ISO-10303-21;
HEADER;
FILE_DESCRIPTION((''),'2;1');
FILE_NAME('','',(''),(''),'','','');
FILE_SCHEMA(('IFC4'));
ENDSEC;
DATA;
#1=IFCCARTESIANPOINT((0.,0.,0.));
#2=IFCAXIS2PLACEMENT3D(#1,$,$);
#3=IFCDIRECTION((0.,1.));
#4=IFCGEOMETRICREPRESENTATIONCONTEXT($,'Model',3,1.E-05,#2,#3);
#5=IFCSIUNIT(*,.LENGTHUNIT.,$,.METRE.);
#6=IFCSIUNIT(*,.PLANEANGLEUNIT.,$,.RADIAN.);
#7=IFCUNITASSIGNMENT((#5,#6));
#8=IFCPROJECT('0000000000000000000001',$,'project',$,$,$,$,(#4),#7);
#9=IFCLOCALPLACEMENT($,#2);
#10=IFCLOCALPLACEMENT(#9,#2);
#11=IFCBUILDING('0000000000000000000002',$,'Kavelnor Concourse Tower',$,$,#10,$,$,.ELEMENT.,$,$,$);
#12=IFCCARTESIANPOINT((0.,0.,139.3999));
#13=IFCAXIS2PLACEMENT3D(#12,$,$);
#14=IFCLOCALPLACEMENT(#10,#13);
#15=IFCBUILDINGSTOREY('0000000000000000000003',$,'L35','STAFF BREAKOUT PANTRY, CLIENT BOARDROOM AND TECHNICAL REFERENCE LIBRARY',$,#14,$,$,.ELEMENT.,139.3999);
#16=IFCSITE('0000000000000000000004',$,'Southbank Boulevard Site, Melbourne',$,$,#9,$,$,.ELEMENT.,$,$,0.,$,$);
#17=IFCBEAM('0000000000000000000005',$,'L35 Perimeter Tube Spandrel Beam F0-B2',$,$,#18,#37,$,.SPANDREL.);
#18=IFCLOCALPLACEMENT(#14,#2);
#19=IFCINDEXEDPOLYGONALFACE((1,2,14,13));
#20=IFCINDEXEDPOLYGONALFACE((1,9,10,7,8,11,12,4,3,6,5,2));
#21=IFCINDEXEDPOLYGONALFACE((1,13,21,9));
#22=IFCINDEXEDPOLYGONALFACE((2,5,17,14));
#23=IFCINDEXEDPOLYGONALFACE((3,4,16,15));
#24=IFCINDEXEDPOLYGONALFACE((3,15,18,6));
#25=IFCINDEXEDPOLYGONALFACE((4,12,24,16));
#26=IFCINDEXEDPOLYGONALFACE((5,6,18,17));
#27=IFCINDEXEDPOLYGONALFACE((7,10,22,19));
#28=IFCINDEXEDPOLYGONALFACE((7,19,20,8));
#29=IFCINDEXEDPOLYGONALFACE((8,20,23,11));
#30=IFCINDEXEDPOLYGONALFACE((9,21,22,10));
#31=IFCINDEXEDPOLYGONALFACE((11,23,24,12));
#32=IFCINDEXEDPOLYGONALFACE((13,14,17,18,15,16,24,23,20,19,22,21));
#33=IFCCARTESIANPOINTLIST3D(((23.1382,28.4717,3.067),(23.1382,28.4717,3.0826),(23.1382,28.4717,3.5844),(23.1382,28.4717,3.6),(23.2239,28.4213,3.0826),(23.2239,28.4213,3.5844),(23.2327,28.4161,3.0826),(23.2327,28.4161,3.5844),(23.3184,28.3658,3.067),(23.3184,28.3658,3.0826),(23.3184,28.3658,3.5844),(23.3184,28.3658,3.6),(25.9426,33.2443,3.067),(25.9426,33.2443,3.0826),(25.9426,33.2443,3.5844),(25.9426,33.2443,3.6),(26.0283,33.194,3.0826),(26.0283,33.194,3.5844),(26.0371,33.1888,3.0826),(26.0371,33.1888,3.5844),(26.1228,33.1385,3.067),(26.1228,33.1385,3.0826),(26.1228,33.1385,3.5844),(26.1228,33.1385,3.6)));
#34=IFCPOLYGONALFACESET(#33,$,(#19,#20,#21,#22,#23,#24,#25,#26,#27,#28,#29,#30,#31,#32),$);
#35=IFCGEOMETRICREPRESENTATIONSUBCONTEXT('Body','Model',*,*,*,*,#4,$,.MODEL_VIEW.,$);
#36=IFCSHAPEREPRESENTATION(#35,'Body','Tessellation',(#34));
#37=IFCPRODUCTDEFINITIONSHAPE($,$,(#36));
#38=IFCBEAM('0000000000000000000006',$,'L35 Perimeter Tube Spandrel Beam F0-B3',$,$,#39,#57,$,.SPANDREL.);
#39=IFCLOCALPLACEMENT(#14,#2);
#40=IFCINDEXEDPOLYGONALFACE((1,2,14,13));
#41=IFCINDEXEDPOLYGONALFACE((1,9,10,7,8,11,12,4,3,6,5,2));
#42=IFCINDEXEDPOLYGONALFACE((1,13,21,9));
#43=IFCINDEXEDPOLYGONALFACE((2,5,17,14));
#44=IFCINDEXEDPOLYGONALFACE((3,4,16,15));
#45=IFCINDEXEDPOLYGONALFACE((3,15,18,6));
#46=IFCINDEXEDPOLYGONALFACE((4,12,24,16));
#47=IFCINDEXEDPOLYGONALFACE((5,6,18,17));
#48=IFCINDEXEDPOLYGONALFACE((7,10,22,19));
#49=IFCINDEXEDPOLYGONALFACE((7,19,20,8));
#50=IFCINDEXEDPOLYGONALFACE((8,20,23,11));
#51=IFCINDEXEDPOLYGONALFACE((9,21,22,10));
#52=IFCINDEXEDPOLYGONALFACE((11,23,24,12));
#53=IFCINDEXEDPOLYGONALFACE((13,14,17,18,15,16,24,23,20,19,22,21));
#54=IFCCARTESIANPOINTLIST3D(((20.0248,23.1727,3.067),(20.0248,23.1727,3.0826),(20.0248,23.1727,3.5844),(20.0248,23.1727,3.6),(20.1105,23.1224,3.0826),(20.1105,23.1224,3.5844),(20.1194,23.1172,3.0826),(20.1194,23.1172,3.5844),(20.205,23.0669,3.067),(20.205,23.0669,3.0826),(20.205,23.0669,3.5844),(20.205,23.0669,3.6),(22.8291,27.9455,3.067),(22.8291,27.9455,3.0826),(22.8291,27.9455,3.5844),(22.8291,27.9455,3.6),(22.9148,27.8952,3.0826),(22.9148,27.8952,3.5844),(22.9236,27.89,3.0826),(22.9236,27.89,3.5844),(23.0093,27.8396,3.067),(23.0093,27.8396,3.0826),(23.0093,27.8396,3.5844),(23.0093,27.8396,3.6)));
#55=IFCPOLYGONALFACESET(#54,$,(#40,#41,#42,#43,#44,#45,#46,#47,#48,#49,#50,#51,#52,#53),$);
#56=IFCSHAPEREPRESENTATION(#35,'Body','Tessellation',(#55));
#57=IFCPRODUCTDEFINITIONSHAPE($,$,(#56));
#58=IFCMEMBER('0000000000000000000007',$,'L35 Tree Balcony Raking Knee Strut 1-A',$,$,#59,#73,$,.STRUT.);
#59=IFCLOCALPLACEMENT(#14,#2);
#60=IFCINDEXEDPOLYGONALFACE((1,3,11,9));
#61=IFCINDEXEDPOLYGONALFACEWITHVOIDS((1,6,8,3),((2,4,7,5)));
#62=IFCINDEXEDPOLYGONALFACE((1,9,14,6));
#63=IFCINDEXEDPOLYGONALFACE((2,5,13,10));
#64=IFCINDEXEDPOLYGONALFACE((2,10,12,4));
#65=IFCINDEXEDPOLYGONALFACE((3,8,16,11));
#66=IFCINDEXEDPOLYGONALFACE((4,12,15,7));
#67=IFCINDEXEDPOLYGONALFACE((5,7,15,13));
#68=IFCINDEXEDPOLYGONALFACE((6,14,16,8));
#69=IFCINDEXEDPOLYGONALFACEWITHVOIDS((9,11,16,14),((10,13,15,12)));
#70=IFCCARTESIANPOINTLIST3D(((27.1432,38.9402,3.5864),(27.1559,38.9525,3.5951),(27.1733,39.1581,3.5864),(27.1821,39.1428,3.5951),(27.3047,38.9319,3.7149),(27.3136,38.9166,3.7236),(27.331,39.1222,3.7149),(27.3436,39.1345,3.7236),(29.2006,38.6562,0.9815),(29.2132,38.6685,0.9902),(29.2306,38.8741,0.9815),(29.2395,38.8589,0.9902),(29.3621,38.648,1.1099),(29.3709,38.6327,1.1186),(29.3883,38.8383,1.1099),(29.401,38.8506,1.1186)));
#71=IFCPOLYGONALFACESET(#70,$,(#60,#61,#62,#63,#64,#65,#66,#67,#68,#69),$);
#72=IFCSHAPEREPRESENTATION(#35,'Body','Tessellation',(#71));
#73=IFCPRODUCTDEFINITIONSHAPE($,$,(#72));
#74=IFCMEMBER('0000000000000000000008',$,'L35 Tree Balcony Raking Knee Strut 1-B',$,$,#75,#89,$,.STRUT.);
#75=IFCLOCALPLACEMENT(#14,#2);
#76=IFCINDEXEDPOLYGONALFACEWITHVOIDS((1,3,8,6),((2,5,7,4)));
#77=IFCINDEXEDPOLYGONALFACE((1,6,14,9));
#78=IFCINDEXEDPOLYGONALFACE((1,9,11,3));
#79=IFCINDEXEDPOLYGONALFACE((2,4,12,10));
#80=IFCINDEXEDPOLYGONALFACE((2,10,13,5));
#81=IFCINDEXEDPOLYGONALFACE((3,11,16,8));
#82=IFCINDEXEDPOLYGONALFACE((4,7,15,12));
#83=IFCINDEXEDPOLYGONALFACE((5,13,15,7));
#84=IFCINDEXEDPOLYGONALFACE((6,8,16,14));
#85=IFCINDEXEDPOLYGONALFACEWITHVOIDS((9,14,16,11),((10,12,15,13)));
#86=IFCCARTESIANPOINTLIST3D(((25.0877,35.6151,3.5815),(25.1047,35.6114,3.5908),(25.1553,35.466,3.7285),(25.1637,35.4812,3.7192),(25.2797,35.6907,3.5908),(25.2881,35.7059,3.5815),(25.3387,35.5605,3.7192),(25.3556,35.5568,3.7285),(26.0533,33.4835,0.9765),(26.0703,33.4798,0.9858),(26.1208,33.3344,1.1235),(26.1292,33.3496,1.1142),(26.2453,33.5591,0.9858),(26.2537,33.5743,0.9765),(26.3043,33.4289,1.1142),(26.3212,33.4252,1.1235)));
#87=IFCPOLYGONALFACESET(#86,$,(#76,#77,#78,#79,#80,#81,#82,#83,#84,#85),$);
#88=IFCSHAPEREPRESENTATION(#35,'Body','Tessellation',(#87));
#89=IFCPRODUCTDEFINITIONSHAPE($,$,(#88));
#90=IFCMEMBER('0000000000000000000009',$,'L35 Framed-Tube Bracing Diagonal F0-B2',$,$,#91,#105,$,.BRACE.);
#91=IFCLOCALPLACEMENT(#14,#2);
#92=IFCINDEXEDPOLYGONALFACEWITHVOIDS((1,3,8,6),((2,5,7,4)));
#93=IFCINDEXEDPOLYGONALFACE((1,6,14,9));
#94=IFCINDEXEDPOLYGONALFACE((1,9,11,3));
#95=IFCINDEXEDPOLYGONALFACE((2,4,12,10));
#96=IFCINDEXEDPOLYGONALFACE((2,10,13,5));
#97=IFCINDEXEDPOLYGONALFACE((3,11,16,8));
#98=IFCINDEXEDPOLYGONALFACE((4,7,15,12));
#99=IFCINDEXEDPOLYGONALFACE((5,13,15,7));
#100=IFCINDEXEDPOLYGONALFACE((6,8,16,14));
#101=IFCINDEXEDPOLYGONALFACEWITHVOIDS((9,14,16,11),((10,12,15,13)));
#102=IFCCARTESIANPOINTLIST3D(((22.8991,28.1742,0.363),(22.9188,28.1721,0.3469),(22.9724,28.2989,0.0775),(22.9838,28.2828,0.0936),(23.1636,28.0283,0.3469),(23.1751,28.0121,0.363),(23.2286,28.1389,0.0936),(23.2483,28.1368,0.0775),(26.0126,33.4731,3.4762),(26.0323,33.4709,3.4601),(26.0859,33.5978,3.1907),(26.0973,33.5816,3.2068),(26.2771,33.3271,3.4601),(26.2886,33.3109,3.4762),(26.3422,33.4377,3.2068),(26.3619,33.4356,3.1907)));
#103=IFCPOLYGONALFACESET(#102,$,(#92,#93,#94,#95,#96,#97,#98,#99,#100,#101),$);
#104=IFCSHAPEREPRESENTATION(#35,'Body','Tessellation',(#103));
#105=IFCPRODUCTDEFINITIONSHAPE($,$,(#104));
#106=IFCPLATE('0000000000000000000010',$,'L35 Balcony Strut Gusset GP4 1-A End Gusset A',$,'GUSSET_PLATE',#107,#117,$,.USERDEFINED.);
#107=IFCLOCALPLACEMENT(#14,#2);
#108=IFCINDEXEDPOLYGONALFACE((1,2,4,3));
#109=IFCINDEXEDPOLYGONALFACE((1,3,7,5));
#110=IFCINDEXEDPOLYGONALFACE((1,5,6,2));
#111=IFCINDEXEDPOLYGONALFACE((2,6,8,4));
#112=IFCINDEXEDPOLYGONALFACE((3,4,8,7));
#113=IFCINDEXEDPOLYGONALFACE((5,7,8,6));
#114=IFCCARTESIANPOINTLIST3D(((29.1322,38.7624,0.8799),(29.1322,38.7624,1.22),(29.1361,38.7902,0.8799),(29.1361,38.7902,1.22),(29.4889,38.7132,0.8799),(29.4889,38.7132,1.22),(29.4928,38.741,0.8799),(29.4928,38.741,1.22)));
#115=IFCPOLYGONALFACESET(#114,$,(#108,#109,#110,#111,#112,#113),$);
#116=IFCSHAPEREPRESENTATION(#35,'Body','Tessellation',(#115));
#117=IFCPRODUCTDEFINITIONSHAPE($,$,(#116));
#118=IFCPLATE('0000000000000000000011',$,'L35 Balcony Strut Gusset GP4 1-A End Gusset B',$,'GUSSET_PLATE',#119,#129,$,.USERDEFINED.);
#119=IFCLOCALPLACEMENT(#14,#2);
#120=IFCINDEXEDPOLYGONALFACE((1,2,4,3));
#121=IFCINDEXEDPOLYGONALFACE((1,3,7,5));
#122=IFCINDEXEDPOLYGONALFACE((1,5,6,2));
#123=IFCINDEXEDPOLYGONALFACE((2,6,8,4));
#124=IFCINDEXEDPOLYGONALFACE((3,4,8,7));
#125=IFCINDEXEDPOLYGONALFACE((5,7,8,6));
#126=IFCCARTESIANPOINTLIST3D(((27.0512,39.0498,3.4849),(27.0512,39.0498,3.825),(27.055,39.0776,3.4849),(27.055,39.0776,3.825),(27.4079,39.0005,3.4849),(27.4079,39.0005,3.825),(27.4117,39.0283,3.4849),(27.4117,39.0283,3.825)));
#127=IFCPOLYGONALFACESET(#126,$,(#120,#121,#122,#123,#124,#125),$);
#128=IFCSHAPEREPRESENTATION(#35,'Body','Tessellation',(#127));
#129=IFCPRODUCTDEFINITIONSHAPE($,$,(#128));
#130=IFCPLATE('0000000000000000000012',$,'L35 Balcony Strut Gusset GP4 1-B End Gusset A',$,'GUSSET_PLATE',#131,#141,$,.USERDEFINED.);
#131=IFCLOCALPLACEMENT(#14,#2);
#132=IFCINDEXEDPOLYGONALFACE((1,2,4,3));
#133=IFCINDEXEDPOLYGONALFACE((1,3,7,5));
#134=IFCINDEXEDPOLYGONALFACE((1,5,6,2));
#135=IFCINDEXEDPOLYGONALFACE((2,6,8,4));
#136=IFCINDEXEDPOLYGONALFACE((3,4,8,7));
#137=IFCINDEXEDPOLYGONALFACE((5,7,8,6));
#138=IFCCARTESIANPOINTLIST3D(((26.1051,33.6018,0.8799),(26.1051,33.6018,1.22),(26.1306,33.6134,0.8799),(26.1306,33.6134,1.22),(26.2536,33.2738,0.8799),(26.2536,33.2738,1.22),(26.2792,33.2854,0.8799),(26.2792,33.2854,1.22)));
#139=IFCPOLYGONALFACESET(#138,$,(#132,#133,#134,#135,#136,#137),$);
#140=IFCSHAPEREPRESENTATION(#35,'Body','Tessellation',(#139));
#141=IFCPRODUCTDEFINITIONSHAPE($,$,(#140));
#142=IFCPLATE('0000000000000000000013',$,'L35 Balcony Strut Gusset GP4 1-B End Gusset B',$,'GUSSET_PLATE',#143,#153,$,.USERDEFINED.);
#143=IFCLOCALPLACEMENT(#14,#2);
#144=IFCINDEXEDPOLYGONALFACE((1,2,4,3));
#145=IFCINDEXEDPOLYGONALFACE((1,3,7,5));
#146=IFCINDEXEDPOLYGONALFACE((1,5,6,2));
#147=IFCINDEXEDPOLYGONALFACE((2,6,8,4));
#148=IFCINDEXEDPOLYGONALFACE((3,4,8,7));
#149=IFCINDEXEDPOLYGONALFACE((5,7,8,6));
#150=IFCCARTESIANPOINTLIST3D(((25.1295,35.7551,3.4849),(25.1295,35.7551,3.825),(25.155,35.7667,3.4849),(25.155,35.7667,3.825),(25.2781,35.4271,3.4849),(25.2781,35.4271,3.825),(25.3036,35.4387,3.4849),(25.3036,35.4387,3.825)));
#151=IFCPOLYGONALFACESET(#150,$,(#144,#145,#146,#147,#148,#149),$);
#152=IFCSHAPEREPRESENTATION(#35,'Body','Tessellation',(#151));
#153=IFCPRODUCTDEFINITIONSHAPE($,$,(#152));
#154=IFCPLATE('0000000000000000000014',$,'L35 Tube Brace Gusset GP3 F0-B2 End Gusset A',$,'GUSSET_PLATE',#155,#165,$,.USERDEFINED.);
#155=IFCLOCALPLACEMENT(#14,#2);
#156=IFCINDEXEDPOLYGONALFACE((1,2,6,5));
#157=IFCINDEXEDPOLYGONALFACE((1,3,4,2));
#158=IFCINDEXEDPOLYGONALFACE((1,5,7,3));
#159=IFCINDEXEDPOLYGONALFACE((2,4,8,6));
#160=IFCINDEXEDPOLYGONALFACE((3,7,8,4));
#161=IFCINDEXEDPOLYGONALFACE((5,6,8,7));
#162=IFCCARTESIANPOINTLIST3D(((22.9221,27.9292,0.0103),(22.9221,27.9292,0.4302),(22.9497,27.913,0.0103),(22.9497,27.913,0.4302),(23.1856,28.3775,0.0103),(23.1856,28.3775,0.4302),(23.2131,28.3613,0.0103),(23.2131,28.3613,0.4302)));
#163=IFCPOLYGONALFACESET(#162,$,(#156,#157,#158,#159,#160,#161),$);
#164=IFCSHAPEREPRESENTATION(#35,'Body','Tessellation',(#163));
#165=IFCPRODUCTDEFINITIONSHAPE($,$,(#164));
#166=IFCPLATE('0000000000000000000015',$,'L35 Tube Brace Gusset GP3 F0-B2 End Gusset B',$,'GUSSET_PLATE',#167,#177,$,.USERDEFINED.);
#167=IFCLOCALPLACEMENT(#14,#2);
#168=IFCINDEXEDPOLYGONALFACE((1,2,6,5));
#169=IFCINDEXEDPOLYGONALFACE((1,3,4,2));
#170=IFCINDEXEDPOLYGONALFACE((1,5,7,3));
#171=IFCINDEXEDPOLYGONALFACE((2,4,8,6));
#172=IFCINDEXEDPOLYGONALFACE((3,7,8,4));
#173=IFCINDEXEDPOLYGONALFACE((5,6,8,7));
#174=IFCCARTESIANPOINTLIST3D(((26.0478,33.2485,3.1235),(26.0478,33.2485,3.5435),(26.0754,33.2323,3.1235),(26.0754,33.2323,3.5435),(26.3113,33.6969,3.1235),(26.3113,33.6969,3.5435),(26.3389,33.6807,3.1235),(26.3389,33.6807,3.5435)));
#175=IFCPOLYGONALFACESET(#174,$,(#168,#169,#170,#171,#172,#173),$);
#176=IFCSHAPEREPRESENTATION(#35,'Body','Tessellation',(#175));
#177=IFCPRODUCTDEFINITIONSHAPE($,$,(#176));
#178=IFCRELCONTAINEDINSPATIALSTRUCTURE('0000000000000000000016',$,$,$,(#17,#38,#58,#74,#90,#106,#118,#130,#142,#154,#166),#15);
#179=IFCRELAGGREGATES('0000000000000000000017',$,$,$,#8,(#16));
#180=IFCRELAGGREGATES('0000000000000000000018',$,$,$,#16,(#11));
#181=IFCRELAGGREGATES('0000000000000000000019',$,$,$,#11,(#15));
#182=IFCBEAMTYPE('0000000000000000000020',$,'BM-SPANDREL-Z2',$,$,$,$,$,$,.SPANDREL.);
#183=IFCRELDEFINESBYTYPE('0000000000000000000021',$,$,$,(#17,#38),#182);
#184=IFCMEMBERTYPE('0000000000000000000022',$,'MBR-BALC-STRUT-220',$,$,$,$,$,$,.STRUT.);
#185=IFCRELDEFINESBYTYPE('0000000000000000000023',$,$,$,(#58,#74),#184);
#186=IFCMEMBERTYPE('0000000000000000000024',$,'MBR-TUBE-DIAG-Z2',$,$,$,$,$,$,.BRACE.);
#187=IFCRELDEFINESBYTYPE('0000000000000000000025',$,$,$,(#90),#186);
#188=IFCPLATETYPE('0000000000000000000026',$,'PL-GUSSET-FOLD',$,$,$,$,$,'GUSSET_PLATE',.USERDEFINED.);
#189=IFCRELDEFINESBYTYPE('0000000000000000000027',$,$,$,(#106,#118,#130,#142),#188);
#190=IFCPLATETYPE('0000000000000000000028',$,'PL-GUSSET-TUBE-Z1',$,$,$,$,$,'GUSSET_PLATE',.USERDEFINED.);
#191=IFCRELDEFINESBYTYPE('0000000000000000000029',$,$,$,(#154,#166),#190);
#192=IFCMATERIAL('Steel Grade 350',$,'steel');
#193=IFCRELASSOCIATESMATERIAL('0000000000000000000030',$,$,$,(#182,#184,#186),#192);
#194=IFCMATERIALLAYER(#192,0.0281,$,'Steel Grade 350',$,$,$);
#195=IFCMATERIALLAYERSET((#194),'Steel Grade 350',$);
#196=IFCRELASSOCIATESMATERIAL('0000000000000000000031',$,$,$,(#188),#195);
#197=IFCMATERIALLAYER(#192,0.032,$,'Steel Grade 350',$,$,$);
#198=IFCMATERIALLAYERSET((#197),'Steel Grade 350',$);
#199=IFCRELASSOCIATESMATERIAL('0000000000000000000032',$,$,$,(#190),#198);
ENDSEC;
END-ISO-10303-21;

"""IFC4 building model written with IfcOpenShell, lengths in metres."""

from ifc_helpers import new_model, si_unit, direction, frame, origin, origin_2d, place, context, subcontext, project, spatial, rectangle, hollow_rectangle, i_section, extrude, material, layer, layer_set, material_profile, profile_set, type_object, element, save


model = new_model("IFC4")

# Units and contexts
model_context = context("Model", 3, precision=1e-05, world=origin(), true_north=direction((0.0, 1.0)))
body_context = subcontext(model_context, "Body", "Model", "MODEL_VIEW")
ifc_project = project(units=[si_unit("LENGTHUNIT", "METRE"), si_unit("PLANEANGLEUNIT", "RADIAN")], contexts=[model_context])

# Site, building, storey
site_placement = place(None, origin())
site = spatial("IfcSite", under=ifc_project, at=site_placement, Name="Southbank Boulevard Site, Melbourne", CompositionType="ELEMENT", RefElevation=0.0)
building_placement = place(site_placement, origin())
building = spatial("IfcBuilding", under=site, at=building_placement, Name="Kavelnor Concourse Tower", CompositionType="ELEMENT")
storey_placement = place(building_placement, frame((0.0, 0.0, 139.3999)))
storey = spatial("IfcBuildingStorey", under=building, at=storey_placement, Name="L35", Description="STAFF BREAKOUT PANTRY, CLIENT BOARDROOM AND TECHNICAL REFERENCE LIBRARY", CompositionType="ELEMENT", Elevation=139.3999)

# Shared definitions
ifc_material_1 = material(Name="Steel Grade 350", Category="steel")

# Beams
ifc_material_profile_1 = material_profile(ifc_material_1, i_section(OverallWidth=0.209, OverallDepth=0.533, WebThickness=0.0103, FlangeThickness=0.0156, at=origin_2d()), Name="530UB92")
ifc_profile_set_1 = profile_set([ifc_material_profile_1], Name="Steel Grade 350")
beam_type_1 = type_object("IfcBeamType", Name="BM-SPANDREL-Z2", PredefinedType="SPANDREL", material=ifc_profile_set_1)
for number, where, z_axis, x_axis, name in (
    (1, (26.0327, 33.1914, 3.3335), (-0.506613, -0.862173, 0.0), (0.862173, -0.506613, 0.0), "L35 Perimeter Tube Spandrel Beam F0-B2"),
    (2, (22.9192, 27.8926, 3.3335), (-0.506581, -0.862193, 0.0), (0.862193, -0.506581, 0.0), "L35 Perimeter Tube Spandrel Beam F0-B3"),
):
    element("IfcBeam", number, at=place(storey_placement, frame(where, z_axis=z_axis, x_axis=x_axis)), inside=storey, type_object=beam_type_1, Name=name, PredefinedType="SPANDREL", context=body_context, shape_type="SweptSolid", body=[
        extrude(i_section(OverallWidth=0.209, OverallDepth=0.533, WebThickness=0.0103, FlangeThickness=0.0156, at=origin_2d()), origin(), (0.0, 0.0, 1.0), 5.5356),
    ])

# Members
ifc_material_profile_2 = material_profile(ifc_material_1, hollow_rectangle(XDim=0.22, YDim=0.22, WallThickness=0.0139, at=origin_2d()), Name="SHS 220x220x14")
ifc_profile_set_2 = profile_set([ifc_material_profile_2], Name="Steel Grade 350")
member_type_1 = type_object("IfcMemberType", Name="MBR-BALC-STRUT-220", PredefinedType="STRUT", material=ifc_profile_set_2)
member_1_placement = place(storey_placement, frame((29.3008, 38.7534, 1.05), z_axis=(-0.617539, 0.085226, 0.781909), x_axis=(-0.136713, -0.990611, 0.0)))
element("IfcMember", 3, at=member_1_placement, inside=storey, type_object=member_type_1, Name="L35 Tree Balcony Raking Knee Strut 1-A", PredefinedType="STRUT", context=body_context, shape_type="SweptSolid", body=[
    extrude(hollow_rectangle(XDim=0.22, YDim=0.22, WallThickness=0.0139, at=origin_2d()), origin(), (0.0, 0.0, 1.0), 3.3315),
])
member_2_placement = place(storey_placement, frame((26.1873, 33.4543, 1.05), z_axis=(-0.275745, 0.60873, 0.743918), x_axis=(-0.910902, -0.412624, 0.0)))
element("IfcMember", 4, at=member_2_placement, inside=storey, type_object=member_type_1, Name="L35 Tree Balcony Raking Knee Strut 1-B", PredefinedType="STRUT", context=body_context, shape_type="SweptSolid", body=[
    extrude(hollow_rectangle(XDim=0.22, YDim=0.22, WallThickness=0.0139, at=origin_2d()), origin(), (0.0, 0.0, 1.0), 3.5017),
])
ifc_material_profile_3 = material_profile(ifc_material_1, hollow_rectangle(XDim=0.3201, YDim=0.3201, WallThickness=0.0181, at=origin_2d()), Name="SHS 320x320x18")
ifc_profile_set_3 = profile_set([ifc_material_profile_3], Name="Steel Grade 350")
member_type_2 = type_object("IfcMemberType", Name="MBR-TUBE-DIAG-Z2", PredefinedType="BRACE", material=ifc_profile_set_3)
member_3_placement = place(storey_placement, frame((23.0737, 28.1555, 0.2202), z_axis=(0.451928, 0.769125, 0.451893), x_axis=(-0.862178, 0.506605, 0.0)))
element("IfcMember", 5, at=member_3_placement, inside=storey, type_object=member_type_2, Name="L35 Framed-Tube Bracing Diagonal F0-B2", PredefinedType="BRACE", context=body_context, shape_type="SweptSolid", body=[
    extrude(hollow_rectangle(XDim=0.3201, YDim=0.3201, WallThickness=0.0181, at=origin_2d()), origin(), (0.0, 0.0, 1.0), 6.8894),
])

# Plates
ifc_layer_1 = layer(ifc_material_1, 0.0281, Name="Steel Grade 350")
ifc_layer_set_1 = layer_set([ifc_layer_1], Name="Steel Grade 350")
plate_type_1 = type_object("IfcPlateType", Name="PL-GUSSET-FOLD", ElementType="GUSSET_PLATE", PredefinedType="USERDEFINED", material=ifc_layer_set_1)
for number, where, z_axis, x_axis, name in (
    (6, (29.3125, 38.7517, 0.8799), (0.0, 0.0, 1.0), (-0.990605, 0.136753, 0.0), "L35 Balcony Strut Gusset GP4 1-A End Gusset A"),
    (7, (27.2314, 39.0391, 3.4849), (0.0, 0.0, 1.0), (-0.990605, 0.136753, 0.0), "L35 Balcony Strut Gusset GP4 1-A End Gusset B"),
    (8, (26.1921, 33.4436, 0.8799), (0.0, 0.0, 1.0), (-0.412628, 0.9109, 0.0), "L35 Balcony Strut Gusset GP4 1-B End Gusset A"),
    (9, (25.2166, 35.5969, 3.4849), (0.0, 0.0, 1.0), (-0.412628, 0.9109, 0.0), "L35 Balcony Strut Gusset GP4 1-B End Gusset B"),
):
    element("IfcPlate", number, at=place(storey_placement, frame(where, z_axis=z_axis, x_axis=x_axis)), inside=storey, type_object=plate_type_1, Name=name, ObjectType="GUSSET_PLATE", PredefinedType="USERDEFINED", context=body_context, shape_type="SweptSolid", body=[
        extrude(rectangle(XDim=0.3601, YDim=0.0281, at=origin_2d()), origin(), (0.0, 0.0, 1.0), 0.3401),
    ])
ifc_layer_2 = layer(ifc_material_1, 0.032, Name="Steel Grade 350")
ifc_layer_set_2 = layer_set([ifc_layer_2], Name="Steel Grade 350")
plate_type_2 = type_object("IfcPlateType", Name="PL-GUSSET-TUBE-Z1", ElementType="GUSSET_PLATE", PredefinedType="USERDEFINED", material=ifc_layer_set_2)
for number, where, z_axis, x_axis, name in (
    (10, (23.0676, 28.1453, 0.0103), (0.0, 0.0, 1.0), (0.506636, 0.86216, 0.0), "L35 Tube Brace Gusset GP3 F0-B2 End Gusset A"),
    (11, (26.1934, 33.4646, 3.1235), (0.0, 0.0, 1.0), (0.506636, 0.86216, 0.0), "L35 Tube Brace Gusset GP3 F0-B2 End Gusset B"),
):
    element("IfcPlate", number, at=place(storey_placement, frame(where, z_axis=z_axis, x_axis=x_axis)), inside=storey, type_object=plate_type_2, Name=name, ObjectType="GUSSET_PLATE", PredefinedType="USERDEFINED", context=body_context, shape_type="SweptSolid", body=[
        extrude(rectangle(XDim=0.52, YDim=0.032, at=origin_2d()), origin(), (0.0, 0.0, 1.0), 0.4199),
    ])

save(model, "model.ifc")
